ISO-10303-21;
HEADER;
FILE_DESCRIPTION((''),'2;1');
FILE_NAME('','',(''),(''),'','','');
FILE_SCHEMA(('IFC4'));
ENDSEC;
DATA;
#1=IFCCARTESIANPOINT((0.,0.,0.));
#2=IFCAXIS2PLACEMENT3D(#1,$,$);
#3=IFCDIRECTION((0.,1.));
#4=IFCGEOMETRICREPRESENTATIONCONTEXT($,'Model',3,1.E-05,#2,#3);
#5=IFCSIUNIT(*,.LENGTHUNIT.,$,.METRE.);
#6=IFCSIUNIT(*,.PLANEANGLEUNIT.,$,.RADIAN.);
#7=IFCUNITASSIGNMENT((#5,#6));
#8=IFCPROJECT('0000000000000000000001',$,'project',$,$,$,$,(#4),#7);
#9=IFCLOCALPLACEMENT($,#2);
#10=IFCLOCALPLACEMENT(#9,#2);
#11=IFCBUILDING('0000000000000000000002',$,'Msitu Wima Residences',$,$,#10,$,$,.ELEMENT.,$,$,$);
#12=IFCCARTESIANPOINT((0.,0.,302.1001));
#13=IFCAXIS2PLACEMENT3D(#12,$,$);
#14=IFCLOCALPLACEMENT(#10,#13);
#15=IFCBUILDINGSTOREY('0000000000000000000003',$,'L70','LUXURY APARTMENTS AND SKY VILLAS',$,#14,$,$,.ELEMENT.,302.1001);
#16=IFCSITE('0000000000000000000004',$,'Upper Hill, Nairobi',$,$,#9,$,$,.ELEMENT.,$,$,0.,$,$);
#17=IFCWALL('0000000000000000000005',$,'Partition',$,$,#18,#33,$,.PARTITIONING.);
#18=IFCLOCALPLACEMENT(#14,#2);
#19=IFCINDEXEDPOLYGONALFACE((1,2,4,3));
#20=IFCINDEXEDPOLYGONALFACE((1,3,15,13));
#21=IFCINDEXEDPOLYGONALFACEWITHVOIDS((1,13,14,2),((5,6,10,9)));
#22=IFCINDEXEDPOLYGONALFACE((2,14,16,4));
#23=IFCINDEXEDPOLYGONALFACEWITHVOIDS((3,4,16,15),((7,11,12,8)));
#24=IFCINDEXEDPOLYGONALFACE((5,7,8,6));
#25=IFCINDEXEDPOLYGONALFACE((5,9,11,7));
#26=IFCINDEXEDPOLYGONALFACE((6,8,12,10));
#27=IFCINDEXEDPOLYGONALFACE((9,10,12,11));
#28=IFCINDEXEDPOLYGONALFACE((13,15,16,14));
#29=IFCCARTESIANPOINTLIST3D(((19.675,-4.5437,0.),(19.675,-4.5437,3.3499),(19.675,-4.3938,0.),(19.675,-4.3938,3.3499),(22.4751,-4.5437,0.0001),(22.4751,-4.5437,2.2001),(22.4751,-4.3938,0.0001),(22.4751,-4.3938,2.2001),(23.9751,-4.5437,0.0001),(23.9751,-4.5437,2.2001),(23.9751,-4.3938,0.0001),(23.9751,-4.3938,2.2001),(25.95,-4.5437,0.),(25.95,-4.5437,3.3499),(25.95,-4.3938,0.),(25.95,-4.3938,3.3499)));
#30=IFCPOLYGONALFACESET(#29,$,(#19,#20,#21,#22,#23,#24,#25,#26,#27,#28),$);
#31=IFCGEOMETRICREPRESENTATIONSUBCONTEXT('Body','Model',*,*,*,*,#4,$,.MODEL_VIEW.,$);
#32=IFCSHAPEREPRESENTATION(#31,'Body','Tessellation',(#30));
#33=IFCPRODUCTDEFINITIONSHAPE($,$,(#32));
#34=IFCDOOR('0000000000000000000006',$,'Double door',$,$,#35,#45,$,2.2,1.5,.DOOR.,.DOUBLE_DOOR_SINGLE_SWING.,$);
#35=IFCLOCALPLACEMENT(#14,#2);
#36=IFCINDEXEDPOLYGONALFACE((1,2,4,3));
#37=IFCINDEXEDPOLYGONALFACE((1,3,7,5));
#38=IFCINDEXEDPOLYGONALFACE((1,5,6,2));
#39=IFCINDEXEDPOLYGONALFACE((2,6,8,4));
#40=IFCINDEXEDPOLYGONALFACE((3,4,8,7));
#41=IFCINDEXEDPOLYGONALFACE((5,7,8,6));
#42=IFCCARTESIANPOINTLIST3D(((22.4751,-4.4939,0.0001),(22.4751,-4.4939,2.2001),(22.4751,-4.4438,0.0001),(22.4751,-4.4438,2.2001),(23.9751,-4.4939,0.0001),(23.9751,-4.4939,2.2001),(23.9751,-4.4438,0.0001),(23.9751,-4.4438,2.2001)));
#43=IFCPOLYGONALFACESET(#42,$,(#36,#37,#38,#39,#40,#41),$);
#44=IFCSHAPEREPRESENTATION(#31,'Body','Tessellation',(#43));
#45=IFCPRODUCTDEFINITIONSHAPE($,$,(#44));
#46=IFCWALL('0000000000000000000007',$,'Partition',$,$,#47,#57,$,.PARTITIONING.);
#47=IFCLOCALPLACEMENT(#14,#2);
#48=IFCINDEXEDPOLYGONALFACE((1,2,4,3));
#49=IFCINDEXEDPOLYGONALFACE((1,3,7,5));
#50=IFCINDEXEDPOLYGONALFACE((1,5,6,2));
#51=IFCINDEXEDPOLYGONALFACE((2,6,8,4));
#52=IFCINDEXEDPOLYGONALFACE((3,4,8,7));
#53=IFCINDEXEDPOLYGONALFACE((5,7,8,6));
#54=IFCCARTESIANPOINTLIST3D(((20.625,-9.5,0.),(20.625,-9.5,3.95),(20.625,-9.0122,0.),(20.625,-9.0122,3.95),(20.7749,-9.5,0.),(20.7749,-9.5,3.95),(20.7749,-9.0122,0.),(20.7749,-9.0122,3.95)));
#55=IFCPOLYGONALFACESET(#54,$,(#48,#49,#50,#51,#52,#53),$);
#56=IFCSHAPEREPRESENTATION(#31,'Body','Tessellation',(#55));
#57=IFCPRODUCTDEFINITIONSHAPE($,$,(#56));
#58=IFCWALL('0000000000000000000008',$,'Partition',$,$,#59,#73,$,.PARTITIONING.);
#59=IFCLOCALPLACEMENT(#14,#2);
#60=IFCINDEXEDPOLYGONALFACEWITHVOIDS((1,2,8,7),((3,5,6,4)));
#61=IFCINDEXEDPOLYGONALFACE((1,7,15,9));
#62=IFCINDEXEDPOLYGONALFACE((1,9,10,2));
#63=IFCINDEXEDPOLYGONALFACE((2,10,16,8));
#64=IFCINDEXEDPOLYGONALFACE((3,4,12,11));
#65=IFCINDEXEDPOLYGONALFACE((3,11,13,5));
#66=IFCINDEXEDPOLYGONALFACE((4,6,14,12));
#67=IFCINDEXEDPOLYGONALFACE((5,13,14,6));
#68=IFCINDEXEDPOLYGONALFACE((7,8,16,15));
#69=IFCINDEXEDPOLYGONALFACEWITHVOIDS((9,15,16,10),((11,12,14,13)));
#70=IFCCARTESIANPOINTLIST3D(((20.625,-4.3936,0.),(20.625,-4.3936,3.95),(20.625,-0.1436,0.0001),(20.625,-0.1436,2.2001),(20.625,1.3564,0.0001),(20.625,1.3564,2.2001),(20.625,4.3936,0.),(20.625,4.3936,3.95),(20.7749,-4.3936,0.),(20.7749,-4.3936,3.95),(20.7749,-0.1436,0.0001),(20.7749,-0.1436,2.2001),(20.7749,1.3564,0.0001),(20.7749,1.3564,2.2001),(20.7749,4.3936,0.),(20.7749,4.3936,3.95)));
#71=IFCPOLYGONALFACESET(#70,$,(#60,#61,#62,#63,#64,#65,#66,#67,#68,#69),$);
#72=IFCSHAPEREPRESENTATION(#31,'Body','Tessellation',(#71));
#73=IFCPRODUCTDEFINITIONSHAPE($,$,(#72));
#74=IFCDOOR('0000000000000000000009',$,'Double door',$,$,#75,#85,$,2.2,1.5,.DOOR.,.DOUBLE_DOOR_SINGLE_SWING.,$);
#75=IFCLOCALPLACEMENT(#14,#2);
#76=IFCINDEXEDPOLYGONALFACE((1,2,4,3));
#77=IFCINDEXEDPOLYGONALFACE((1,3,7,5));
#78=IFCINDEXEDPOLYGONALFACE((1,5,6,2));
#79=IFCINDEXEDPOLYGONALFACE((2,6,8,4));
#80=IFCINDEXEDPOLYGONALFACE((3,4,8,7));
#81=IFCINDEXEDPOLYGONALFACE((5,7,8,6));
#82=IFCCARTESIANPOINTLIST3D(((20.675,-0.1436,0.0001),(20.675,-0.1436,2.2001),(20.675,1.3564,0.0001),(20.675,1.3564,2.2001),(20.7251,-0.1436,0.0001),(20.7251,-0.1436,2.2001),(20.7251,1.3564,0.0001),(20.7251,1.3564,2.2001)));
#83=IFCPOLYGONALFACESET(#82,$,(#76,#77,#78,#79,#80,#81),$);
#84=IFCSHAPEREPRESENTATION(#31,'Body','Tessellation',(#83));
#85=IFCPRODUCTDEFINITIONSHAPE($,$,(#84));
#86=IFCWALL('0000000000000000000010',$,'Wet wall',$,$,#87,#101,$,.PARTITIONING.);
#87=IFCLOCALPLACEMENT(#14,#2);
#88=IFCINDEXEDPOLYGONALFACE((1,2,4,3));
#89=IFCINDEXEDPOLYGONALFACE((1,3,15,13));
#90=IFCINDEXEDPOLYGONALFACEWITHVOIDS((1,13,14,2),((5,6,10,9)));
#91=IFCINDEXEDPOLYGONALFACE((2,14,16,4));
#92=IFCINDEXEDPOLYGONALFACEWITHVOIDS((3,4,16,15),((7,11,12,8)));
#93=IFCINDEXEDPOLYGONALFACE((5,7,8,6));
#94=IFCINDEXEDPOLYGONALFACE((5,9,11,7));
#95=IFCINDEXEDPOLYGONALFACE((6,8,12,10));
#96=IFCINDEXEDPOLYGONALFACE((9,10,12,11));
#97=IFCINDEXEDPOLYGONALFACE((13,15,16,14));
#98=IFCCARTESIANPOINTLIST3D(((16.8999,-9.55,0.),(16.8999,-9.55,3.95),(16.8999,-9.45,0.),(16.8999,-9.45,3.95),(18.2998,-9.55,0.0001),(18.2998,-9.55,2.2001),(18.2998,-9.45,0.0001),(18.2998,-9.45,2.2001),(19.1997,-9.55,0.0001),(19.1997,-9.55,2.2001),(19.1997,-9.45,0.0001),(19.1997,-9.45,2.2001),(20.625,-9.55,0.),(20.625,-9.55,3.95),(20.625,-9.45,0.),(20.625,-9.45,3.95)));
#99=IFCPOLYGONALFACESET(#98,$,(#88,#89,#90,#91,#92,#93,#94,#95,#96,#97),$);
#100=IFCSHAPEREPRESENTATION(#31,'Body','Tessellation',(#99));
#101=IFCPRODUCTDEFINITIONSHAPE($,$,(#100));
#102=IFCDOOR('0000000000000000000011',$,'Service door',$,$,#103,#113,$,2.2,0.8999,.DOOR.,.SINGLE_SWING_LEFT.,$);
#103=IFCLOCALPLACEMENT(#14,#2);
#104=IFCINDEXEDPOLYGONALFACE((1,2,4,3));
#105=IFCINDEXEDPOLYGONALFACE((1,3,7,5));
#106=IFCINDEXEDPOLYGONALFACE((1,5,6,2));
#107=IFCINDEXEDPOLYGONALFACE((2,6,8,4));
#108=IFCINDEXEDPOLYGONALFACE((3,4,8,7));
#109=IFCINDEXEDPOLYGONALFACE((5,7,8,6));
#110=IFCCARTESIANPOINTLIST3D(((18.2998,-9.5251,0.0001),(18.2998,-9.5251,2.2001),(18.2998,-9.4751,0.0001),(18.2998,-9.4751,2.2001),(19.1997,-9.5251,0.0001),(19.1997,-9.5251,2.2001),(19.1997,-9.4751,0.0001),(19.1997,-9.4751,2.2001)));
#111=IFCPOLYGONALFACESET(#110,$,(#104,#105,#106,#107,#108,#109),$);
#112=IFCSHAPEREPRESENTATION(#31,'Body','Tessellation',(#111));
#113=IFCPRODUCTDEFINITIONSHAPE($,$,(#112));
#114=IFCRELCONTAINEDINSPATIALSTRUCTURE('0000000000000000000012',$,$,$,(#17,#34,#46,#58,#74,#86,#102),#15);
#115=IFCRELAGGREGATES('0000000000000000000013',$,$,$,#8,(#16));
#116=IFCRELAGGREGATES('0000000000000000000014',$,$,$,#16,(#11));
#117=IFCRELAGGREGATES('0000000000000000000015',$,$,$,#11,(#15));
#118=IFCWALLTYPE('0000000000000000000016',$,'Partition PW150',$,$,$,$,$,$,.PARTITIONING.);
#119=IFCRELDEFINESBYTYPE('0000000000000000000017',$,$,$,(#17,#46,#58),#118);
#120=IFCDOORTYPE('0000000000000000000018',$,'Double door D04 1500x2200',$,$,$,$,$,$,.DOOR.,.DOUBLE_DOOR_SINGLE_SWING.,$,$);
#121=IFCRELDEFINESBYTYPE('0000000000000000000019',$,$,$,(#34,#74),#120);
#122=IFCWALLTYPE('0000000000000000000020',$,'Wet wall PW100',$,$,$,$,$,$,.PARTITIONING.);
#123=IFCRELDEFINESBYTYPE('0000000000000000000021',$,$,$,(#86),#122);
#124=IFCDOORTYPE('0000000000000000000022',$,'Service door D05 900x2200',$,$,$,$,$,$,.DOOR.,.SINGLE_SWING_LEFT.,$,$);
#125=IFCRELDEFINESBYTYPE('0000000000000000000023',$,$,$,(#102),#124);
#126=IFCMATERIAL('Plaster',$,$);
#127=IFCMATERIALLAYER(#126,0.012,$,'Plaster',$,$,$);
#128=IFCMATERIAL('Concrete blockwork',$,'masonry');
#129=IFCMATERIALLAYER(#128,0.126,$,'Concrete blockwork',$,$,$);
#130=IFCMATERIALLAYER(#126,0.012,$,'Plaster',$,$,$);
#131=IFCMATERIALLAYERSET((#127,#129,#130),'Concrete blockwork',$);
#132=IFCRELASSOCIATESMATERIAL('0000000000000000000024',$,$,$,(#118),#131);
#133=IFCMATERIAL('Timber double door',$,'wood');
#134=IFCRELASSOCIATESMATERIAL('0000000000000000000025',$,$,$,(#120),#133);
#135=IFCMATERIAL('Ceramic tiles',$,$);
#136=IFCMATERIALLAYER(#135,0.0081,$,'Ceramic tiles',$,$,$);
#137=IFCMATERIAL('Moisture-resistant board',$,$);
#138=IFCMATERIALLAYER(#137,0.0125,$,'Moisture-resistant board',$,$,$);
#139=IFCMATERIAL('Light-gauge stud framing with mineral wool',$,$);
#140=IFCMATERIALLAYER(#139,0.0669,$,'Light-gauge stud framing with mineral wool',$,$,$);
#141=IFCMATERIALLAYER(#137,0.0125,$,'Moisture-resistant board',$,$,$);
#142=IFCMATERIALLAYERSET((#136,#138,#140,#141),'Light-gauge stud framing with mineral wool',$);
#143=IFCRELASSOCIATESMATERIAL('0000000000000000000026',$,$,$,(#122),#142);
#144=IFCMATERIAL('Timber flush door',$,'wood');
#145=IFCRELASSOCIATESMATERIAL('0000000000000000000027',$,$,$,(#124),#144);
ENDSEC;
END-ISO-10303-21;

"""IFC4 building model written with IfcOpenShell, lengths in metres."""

from ifc_helpers import new_model, si_unit, direction, frame, frame_2d, origin, place, context, subcontext, project, spatial, rectangle, extrude, material, layer, layer_set, type_object, element, fill, save


model = new_model("IFC4")

# Units and contexts
model_context = context("Model", 3, precision=1e-05, world=origin(), true_north=direction((0.0, 1.0)))
body_context = subcontext(model_context, "Body", "Model", "MODEL_VIEW")
ifc_project = project(units=[si_unit("LENGTHUNIT", "METRE"), si_unit("PLANEANGLEUNIT", "RADIAN")], contexts=[model_context])

# Site, building, storey
site_placement = place(None, origin())
site = spatial("IfcSite", under=ifc_project, at=site_placement, Name="Upper Hill, Nairobi", CompositionType="ELEMENT", RefElevation=0.0)
building_placement = place(site_placement, origin())
building = spatial("IfcBuilding", under=site, at=building_placement, Name="Msitu Wima Residences", CompositionType="ELEMENT")
storey_placement = place(building_placement, frame((0.0, 0.0, 302.1001)))
storey = spatial("IfcBuildingStorey", under=building, at=storey_placement, Name="L70", Description="LUXURY APARTMENTS AND SKY VILLAS", CompositionType="ELEMENT", Elevation=302.1001)

# Wall, opening, door
ifc_material_1 = material(Name="Plaster")
ifc_layer_1 = layer(ifc_material_1, 0.012, Name="Plaster")
ifc_material_2 = material(Name="Concrete blockwork", Category="masonry")
ifc_layer_2 = layer(ifc_material_2, 0.126, Name="Concrete blockwork")
ifc_layer_3 = layer(ifc_material_1, 0.012, Name="Plaster")
ifc_layer_set_1 = layer_set([ifc_layer_1, ifc_layer_2, ifc_layer_3], Name="Concrete blockwork")
wall_type_1 = type_object("IfcWallType", Name="Partition PW150", PredefinedType="PARTITIONING", material=ifc_layer_set_1)
ifc_material_3 = material(Name="Timber flush door", Category="wood")
ifc_material_4 = material(Name="Timber double door", Category="wood")
door_type_1 = type_object("IfcDoorType", Name="Double door D04 1500x2200", OperationType="DOUBLE_DOOR_SINGLE_SWING", PredefinedType="DOOR", material=ifc_material_4)
wall_1_placement = place(storey_placement, frame((19.675, -4.4688, 0.0), z_axis=(0.0, 0.0, 1.0), x_axis=(1.0, 0.0, 0.0)))
wall_1 = element("IfcWall", 1, at=wall_1_placement, inside=storey, type_object=wall_type_1, Name="Partition", PredefinedType="PARTITIONING", context=body_context, shape_type="SweptSolid", body=[
    extrude(rectangle(XDim=6.2749, YDim=0.1499, at=frame_2d((3.1375, 0.0))), origin(), (0.0, 0.0, 1.0), 3.3499),
])
opening_1_placement = place(wall_1_placement, frame((2.8, 0.0, 0.0)))
opening_1 = element("IfcOpeningElement", 2, at=opening_1_placement, cuts=wall_1, PredefinedType="OPENING", context=body_context, shape_type="SweptSolid", body=[
    extrude(rectangle(XDim=1.5, YDim=2.2, at=frame_2d((0.75, 1.1001))), frame((0.0, 0.085, 0.0), z_axis=(0.0, -1.0, 0.0), x_axis=(1.0, 0.0, 0.0)), (0.0, 0.0, 1.0), 0.1699),
])
door_1_placement = place(opening_1_placement, origin())
door_1 = element("IfcDoor", 3, at=door_1_placement, inside=storey, type_object=door_type_1, Name="Double door", OperationType="DOUBLE_DOOR_SINGLE_SWING", OverallHeight=2.2, OverallWidth=1.5, PredefinedType="DOOR", context=body_context, shape_type="SweptSolid", body=[
    extrude(rectangle(XDim=1.5, YDim=2.2, at=frame_2d((0.75, 1.1001))), frame((0.0, 0.0249, 0.0), z_axis=(0.0, -1.0, 0.0), x_axis=(1.0, 0.0, 0.0)), (0.0, 0.0, 1.0), 0.05),
])
fill(opening_1, door_1)

# Wall
wall_2_placement = place(storey_placement, frame((20.7, -9.5, 0.0), z_axis=(0.0, 0.0, 1.0), x_axis=(0.0, 1.0, 0.0)))
element("IfcWall", 4, at=wall_2_placement, inside=storey, type_object=wall_type_1, Name="Partition", PredefinedType="PARTITIONING", context=body_context, shape_type="SweptSolid", body=[
    extrude(rectangle(XDim=0.4878, YDim=0.1499, at=frame_2d((0.2439, 0.0))), origin(), (0.0, 0.0, 1.0), 3.95),
])

# Walls, openings, doors
wall_3_placement = place(storey_placement, frame((20.7, -4.3936, 0.0), z_axis=(0.0, 0.0, 1.0), x_axis=(0.0, 1.0, 0.0)))
wall_3 = element("IfcWall", 5, at=wall_3_placement, inside=storey, type_object=wall_type_1, Name="Partition", PredefinedType="PARTITIONING", context=body_context, shape_type="SweptSolid", body=[
    extrude(rectangle(XDim=8.7871, YDim=0.1499, at=frame_2d((4.3936, 0.0))), origin(), (0.0, 0.0, 1.0), 3.95),
])
opening_2_placement = place(wall_3_placement, frame((4.25, 0.0, 0.0)))
opening_2 = element("IfcOpeningElement", 6, at=opening_2_placement, cuts=wall_3, PredefinedType="OPENING", context=body_context, shape_type="SweptSolid", body=[
    extrude(rectangle(XDim=1.5, YDim=2.2, at=frame_2d((0.75, 1.1001))), frame((0.0, 0.085, 0.0), z_axis=(0.0, -1.0, 0.0), x_axis=(1.0, 0.0, 0.0)), (0.0, 0.0, 1.0), 0.1699),
])
door_2_placement = place(opening_2_placement, origin())
door_2 = element("IfcDoor", 7, at=door_2_placement, inside=storey, type_object=door_type_1, Name="Double door", OperationType="DOUBLE_DOOR_SINGLE_SWING", OverallHeight=2.2, OverallWidth=1.5, PredefinedType="DOOR", context=body_context, shape_type="SweptSolid", body=[
    extrude(rectangle(XDim=1.5, YDim=2.2, at=frame_2d((0.75, 1.1001))), frame((0.0, 0.0249, 0.0), z_axis=(0.0, -1.0, 0.0), x_axis=(1.0, 0.0, 0.0)), (0.0, 0.0, 1.0), 0.05),
])
fill(opening_2, door_2)
ifc_material_5 = material(Name="Ceramic tiles")
ifc_layer_4 = layer(ifc_material_5, 0.0081, Name="Ceramic tiles")
ifc_material_6 = material(Name="Moisture-resistant board")
ifc_layer_5 = layer(ifc_material_6, 0.0125, Name="Moisture-resistant board")
ifc_material_7 = material(Name="Light-gauge stud framing with mineral wool")
ifc_layer_6 = layer(ifc_material_7, 0.0669, Name="Light-gauge stud framing with mineral wool")
ifc_layer_7 = layer(ifc_material_6, 0.0125, Name="Moisture-resistant board")
ifc_layer_set_2 = layer_set([ifc_layer_4, ifc_layer_5, ifc_layer_6, ifc_layer_7], Name="Light-gauge stud framing with mineral wool")
wall_type_2 = type_object("IfcWallType", Name="Wet wall PW100", PredefinedType="PARTITIONING", material=ifc_layer_set_2)
wall_4_placement = place(storey_placement, frame((16.8999, -9.5, 0.0), z_axis=(0.0, 0.0, 1.0), x_axis=(1.0, 0.0, 0.0)))
wall_4 = element("IfcWall", 8, at=wall_4_placement, inside=storey, type_object=wall_type_2, Name="Wet wall", PredefinedType="PARTITIONING", context=body_context, shape_type="SweptSolid", body=[
    extrude(rectangle(XDim=3.7251, YDim=0.1001, at=frame_2d((1.8625, 0.0))), origin(), (0.0, 0.0, 1.0), 3.95),
])
opening_3_placement = place(wall_4_placement, frame((1.3999, 0.0, 0.0)))
opening_3 = element("IfcOpeningElement", 9, at=opening_3_placement, cuts=wall_4, PredefinedType="OPENING", context=body_context, shape_type="SweptSolid", body=[
    extrude(rectangle(XDim=0.8999, YDim=2.2, at=frame_2d((0.45, 1.1001))), frame((0.0, 0.0601, 0.0), z_axis=(0.0, -1.0, 0.0), x_axis=(1.0, 0.0, 0.0)), (0.0, 0.0, 1.0), 0.1201),
])
door_type_2 = type_object("IfcDoorType", Name="Service door D05 900x2200", OperationType="SINGLE_SWING_LEFT", PredefinedType="DOOR", material=ifc_material_3)
door_3_placement = place(opening_3_placement, origin())
door_3 = element("IfcDoor", 10, at=door_3_placement, inside=storey, type_object=door_type_2, Name="Service door", OperationType="SINGLE_SWING_LEFT", OverallHeight=2.2, OverallWidth=0.8999, PredefinedType="DOOR", context=body_context, shape_type="SweptSolid", body=[
    extrude(rectangle(XDim=0.8999, YDim=2.2, at=frame_2d((0.45, 1.1001))), frame((0.0, 0.0249, 0.0), z_axis=(0.0, -1.0, 0.0), x_axis=(1.0, 0.0, 0.0)), (0.0, 0.0, 1.0), 0.05),
])
fill(opening_3, door_3)

save(model, "model.ifc")
